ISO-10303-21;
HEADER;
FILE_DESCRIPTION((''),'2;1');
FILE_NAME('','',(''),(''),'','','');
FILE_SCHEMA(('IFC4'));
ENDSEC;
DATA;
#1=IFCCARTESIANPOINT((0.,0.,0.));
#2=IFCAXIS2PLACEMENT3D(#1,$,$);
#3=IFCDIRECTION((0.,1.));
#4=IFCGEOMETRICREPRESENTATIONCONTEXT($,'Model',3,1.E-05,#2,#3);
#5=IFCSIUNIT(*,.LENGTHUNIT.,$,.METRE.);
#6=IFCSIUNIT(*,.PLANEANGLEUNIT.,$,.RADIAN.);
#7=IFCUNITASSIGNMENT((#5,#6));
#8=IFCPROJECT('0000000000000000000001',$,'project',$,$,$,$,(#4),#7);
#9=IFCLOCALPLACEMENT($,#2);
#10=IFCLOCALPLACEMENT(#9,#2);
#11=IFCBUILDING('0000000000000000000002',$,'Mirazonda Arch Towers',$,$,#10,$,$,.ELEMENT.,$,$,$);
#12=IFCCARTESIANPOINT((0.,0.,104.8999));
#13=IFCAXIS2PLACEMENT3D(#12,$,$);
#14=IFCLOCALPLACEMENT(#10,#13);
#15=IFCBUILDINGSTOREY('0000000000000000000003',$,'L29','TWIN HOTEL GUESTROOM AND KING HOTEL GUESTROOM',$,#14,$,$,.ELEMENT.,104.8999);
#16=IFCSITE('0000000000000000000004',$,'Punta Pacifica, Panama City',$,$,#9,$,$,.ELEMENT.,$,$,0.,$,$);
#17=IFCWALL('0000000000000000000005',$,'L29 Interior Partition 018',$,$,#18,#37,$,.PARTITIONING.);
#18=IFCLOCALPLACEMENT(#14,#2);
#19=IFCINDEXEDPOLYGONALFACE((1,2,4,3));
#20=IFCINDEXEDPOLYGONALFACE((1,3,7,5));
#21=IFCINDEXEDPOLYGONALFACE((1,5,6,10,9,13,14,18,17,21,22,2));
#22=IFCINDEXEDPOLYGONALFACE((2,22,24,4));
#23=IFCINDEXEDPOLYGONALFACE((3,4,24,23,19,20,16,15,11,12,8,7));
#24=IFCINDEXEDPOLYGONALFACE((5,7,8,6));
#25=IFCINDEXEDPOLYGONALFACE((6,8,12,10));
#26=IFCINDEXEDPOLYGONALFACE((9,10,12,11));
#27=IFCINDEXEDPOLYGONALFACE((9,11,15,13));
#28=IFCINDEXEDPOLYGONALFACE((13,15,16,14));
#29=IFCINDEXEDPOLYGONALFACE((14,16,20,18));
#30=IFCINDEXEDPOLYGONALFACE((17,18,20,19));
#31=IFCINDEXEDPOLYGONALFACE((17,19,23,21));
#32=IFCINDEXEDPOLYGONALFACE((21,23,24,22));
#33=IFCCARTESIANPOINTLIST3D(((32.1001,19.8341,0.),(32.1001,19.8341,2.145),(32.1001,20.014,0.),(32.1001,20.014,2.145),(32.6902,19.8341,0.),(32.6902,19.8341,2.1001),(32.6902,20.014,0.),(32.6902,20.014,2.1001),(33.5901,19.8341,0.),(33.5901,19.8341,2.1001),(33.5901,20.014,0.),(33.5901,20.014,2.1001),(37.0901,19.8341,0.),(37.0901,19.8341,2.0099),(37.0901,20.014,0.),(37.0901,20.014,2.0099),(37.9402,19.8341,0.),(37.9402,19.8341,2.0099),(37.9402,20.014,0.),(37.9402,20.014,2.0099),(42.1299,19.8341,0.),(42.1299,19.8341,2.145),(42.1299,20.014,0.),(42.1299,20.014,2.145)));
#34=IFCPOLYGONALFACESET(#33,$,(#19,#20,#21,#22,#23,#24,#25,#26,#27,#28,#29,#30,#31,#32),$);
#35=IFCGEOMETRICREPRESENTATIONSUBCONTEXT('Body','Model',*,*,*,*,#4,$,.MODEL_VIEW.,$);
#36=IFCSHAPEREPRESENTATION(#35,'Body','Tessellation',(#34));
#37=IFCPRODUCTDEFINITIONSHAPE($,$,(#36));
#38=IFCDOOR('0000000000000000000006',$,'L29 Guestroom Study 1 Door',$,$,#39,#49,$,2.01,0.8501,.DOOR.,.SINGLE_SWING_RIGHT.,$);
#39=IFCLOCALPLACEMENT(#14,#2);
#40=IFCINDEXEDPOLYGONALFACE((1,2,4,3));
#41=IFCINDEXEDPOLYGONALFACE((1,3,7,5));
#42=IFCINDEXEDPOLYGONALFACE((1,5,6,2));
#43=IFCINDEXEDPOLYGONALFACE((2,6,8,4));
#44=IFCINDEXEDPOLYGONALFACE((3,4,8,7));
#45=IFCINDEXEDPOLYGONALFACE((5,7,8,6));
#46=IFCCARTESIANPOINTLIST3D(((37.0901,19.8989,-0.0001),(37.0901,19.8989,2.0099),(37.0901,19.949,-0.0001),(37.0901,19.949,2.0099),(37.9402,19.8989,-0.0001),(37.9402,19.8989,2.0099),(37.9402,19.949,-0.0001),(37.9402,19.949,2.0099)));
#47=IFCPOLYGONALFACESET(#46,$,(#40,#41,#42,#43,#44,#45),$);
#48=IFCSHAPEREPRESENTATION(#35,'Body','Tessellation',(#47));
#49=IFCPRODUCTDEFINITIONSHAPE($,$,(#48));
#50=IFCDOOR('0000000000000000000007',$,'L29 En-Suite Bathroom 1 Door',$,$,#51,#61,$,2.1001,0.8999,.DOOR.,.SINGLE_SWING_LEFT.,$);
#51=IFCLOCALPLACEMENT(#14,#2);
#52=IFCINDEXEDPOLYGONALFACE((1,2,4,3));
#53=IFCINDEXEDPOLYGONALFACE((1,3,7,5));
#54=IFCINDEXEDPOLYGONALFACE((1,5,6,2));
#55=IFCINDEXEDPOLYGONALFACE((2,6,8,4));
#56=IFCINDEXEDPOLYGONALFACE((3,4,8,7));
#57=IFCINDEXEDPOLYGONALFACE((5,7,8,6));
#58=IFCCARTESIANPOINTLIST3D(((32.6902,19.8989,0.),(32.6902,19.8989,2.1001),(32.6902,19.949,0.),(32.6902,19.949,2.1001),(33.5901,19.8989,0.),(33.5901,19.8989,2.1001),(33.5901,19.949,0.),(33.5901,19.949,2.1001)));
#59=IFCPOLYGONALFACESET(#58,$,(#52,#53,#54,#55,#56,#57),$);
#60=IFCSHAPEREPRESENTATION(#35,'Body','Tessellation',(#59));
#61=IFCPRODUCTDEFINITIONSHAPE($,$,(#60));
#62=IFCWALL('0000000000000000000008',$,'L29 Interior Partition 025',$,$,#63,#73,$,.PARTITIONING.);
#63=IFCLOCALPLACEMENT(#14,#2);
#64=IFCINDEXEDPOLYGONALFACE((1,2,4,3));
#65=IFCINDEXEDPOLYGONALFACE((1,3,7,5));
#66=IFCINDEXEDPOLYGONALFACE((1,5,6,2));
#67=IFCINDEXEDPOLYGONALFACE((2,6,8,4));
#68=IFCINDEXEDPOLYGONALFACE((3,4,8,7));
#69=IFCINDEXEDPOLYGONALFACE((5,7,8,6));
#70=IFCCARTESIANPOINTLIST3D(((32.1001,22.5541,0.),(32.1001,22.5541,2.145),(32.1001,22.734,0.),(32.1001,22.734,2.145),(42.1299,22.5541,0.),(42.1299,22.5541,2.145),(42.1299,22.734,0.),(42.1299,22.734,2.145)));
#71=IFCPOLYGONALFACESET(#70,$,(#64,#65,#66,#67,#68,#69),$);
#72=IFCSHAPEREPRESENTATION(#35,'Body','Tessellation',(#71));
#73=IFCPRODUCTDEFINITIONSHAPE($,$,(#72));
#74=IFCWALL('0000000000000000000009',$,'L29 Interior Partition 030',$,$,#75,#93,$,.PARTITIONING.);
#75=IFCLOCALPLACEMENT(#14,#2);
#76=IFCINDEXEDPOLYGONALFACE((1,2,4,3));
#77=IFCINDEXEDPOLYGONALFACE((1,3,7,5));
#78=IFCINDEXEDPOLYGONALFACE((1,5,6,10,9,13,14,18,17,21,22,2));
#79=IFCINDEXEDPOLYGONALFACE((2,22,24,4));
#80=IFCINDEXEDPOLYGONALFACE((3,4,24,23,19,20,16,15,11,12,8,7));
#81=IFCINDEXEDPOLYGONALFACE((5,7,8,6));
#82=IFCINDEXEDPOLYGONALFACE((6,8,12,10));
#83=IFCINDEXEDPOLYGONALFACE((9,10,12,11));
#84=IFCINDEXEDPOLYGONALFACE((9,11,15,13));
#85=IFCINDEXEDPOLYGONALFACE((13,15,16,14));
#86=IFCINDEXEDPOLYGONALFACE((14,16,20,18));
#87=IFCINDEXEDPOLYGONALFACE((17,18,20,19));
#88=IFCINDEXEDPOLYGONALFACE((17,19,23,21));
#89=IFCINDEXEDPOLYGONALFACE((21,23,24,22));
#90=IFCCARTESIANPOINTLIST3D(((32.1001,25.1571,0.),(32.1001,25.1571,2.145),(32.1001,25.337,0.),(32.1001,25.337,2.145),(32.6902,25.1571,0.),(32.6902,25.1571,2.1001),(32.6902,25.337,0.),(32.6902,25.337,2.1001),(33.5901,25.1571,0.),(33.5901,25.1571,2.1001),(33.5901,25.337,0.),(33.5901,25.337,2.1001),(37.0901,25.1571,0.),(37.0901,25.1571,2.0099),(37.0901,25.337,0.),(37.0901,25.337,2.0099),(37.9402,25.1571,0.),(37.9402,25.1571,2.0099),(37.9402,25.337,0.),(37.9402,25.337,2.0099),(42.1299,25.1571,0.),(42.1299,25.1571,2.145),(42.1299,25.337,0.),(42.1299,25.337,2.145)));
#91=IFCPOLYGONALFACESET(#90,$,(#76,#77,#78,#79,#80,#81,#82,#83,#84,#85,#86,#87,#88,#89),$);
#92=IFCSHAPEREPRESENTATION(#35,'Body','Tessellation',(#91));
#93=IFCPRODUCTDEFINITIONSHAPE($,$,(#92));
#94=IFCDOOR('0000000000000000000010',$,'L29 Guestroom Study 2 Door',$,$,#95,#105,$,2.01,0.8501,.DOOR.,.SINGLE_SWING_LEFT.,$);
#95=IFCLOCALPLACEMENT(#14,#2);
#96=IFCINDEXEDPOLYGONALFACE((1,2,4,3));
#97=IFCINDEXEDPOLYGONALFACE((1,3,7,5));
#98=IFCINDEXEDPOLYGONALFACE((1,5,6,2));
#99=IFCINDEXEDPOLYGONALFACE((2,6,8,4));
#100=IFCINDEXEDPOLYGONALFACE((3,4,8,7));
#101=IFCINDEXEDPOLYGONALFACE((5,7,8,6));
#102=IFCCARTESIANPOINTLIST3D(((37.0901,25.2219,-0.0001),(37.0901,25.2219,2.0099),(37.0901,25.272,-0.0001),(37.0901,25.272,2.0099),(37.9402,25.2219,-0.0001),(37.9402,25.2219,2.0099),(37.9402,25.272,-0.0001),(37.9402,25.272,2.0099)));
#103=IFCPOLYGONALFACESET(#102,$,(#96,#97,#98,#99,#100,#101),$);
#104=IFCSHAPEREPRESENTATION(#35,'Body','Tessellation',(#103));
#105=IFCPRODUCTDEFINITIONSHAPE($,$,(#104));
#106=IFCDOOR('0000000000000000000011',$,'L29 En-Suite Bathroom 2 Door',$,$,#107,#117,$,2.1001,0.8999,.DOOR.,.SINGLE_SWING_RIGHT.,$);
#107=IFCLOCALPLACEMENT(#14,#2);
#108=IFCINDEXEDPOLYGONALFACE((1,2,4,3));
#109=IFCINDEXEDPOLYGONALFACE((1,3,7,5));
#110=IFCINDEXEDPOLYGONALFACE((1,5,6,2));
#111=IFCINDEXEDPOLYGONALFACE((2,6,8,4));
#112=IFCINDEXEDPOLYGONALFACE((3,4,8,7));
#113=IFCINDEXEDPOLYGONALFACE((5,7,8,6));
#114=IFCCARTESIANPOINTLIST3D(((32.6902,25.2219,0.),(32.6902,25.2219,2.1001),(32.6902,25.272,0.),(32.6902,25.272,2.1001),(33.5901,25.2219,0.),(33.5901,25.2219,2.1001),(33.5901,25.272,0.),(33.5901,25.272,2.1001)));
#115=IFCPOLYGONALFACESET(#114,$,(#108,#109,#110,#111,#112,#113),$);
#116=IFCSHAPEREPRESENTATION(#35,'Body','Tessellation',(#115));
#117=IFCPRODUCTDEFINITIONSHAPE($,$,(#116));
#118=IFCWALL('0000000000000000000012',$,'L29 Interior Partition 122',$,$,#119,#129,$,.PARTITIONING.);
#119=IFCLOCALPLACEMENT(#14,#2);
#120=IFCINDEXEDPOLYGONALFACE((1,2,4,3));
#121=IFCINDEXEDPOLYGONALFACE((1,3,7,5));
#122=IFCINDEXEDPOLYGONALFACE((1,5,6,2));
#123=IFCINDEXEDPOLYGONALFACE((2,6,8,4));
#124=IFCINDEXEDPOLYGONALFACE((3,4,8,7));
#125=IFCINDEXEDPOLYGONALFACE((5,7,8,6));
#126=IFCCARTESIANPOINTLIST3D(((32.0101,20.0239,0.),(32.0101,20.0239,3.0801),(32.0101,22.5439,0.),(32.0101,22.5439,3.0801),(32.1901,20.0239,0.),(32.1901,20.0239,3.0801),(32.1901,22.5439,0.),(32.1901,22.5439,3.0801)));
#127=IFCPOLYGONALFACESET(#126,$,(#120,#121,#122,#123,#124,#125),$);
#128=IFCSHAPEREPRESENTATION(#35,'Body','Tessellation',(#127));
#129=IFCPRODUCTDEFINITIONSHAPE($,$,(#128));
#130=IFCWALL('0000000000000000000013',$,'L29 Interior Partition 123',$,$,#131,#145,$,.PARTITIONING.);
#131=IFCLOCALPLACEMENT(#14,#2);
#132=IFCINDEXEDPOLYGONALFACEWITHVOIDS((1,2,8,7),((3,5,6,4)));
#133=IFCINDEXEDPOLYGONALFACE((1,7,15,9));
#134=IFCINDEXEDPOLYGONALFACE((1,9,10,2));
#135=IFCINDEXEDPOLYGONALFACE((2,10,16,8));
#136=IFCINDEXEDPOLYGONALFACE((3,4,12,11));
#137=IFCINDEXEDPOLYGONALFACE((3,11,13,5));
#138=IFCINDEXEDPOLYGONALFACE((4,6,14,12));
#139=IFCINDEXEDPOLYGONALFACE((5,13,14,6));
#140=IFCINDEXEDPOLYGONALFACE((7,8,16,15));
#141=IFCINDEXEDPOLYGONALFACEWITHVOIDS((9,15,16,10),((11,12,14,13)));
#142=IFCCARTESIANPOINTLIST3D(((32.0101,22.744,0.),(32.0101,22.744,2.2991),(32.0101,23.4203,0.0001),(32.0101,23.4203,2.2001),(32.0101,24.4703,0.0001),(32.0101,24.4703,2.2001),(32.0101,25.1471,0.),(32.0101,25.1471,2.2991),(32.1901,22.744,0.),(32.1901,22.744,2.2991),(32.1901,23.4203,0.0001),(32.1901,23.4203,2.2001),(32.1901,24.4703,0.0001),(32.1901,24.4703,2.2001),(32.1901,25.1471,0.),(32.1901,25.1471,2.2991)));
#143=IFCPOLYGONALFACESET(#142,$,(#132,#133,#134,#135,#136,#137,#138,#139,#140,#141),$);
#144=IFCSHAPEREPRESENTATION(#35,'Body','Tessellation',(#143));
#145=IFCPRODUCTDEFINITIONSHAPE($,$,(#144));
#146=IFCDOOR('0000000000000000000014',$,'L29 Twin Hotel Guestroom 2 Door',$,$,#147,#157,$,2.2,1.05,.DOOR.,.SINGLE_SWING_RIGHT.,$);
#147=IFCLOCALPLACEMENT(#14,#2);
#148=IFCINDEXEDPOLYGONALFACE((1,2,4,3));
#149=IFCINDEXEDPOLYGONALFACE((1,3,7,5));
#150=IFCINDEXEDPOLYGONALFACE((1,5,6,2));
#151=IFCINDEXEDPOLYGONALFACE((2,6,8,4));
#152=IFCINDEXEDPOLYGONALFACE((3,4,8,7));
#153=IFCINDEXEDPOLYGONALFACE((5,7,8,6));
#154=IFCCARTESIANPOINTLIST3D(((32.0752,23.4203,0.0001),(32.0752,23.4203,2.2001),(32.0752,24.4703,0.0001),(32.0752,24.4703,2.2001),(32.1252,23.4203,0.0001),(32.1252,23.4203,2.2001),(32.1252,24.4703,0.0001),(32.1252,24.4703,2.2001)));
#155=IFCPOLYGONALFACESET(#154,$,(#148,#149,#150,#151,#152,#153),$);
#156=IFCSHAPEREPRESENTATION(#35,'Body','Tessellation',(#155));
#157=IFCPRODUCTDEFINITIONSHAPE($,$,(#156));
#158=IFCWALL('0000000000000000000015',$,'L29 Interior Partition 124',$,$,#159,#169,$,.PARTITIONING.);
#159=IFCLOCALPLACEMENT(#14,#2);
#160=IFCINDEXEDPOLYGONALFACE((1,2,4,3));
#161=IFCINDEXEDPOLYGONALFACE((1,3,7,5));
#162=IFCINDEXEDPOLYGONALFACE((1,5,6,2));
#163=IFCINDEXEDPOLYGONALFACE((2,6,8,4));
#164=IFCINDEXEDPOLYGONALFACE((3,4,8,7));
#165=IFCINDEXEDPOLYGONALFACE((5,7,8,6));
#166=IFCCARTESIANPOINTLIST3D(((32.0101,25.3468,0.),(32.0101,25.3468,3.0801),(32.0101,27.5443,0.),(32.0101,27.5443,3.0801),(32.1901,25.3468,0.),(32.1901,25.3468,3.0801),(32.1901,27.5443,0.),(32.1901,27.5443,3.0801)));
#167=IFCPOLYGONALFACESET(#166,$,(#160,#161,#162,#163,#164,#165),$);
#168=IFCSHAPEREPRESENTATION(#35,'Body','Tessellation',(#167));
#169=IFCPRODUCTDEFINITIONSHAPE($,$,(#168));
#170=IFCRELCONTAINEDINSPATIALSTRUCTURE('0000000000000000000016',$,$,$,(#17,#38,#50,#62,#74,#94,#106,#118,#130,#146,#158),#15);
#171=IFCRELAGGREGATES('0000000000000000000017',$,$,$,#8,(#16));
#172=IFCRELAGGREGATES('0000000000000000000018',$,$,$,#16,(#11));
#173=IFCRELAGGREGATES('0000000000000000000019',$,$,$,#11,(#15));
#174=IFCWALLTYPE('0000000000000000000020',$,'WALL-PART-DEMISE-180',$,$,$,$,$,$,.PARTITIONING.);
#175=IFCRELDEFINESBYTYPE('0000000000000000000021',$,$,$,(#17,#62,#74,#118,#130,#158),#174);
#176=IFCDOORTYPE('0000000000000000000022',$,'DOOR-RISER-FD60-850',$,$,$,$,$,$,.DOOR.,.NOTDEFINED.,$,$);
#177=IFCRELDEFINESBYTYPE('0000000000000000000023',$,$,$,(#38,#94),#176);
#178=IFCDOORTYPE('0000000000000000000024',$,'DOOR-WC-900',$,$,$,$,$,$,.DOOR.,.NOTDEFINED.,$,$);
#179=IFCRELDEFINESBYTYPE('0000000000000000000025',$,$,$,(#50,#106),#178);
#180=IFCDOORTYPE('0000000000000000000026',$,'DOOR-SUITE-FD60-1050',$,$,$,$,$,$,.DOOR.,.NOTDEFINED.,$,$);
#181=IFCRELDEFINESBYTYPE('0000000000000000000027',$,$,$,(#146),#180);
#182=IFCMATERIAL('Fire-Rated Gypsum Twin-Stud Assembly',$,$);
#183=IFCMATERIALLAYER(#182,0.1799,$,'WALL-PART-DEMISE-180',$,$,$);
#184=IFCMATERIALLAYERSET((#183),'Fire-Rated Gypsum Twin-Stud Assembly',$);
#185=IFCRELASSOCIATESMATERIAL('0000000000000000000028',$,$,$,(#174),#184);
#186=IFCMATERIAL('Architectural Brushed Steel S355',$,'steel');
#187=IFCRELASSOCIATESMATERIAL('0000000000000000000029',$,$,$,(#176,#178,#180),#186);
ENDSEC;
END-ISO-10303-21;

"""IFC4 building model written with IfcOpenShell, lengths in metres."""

from ifc_helpers import new_model, si_unit, direction, frame, frame_2d, origin, place, context, subcontext, project, spatial, rectangle, extrude, material, layer, layer_set, type_object, element, fill, save


model = new_model("IFC4")

# Units and contexts
model_context = context("Model", 3, precision=1e-05, world=origin(), true_north=direction((0.0, 1.0)))
body_context = subcontext(model_context, "Body", "Model", "MODEL_VIEW")
ifc_project = project(units=[si_unit("LENGTHUNIT", "METRE"), si_unit("PLANEANGLEUNIT", "RADIAN")], contexts=[model_context])

# Site, building, storey
site_placement = place(None, origin())
site = spatial("IfcSite", under=ifc_project, at=site_placement, Name="Punta Pacifica, Panama City", CompositionType="ELEMENT", RefElevation=0.0)
building_placement = place(site_placement, origin())
building = spatial("IfcBuilding", under=site, at=building_placement, Name="Mirazonda Arch Towers", CompositionType="ELEMENT")
storey_placement = place(building_placement, frame((0.0, 0.0, 104.8999)))
storey = spatial("IfcBuildingStorey", under=building, at=storey_placement, Name="L29", Description="TWIN HOTEL GUESTROOM AND KING HOTEL GUESTROOM", CompositionType="ELEMENT", Elevation=104.8999)

# Wall, openings, doors
ifc_material_1 = material(Name="Fire-Rated Gypsum Twin-Stud Assembly")
ifc_layer_1 = layer(ifc_material_1, 0.1799, Name="WALL-PART-DEMISE-180")
ifc_layer_set_1 = layer_set([ifc_layer_1], Name="Fire-Rated Gypsum Twin-Stud Assembly")
wall_type_1 = type_object("IfcWallType", Name="WALL-PART-DEMISE-180", PredefinedType="PARTITIONING", material=ifc_layer_set_1)
wall_1_placement = place(storey_placement, frame((32.1001, 19.9241, 0.0), z_axis=(0.0, 0.0, 1.0), x_axis=(1.0, 0.0, 0.0)))
wall_1 = element("IfcWall", 1, at=wall_1_placement, inside=storey, type_object=wall_type_1, Name="L29 Interior Partition 018", PredefinedType="PARTITIONING", context=body_context, shape_type="SweptSolid", body=[
    extrude(rectangle(XDim=10.0298, YDim=0.1799, at=frame_2d((5.0149, 0.0))), origin(), (0.0, 0.0, 1.0), 2.145),
])
opening_1_placement = place(wall_1_placement, frame((4.99, 0.0, 0.0)))
opening_1 = element("IfcOpeningElement", 2, at=opening_1_placement, cuts=wall_1, PredefinedType="OPENING", context=body_context, shape_type="SweptSolid", body=[
    extrude(rectangle(XDim=0.8501, YDim=2.01, at=frame_2d((0.425, 1.0049))), frame((0.0, 0.0999, 0.0), z_axis=(0.0, -1.0, 0.0), x_axis=(1.0, 0.0, 0.0)), (0.0, 0.0, 1.0), 0.2),
])
opening_2_placement = place(wall_1_placement, frame((0.5901, 0.0, 0.0)))
opening_2 = element("IfcOpeningElement", 3, at=opening_2_placement, cuts=wall_1, PredefinedType="OPENING", context=body_context, shape_type="SweptSolid", body=[
    extrude(rectangle(XDim=0.8999, YDim=2.1001, at=frame_2d((0.45, 1.05))), frame((0.0, 0.0999, 0.0), z_axis=(0.0, -1.0, 0.0), x_axis=(1.0, 0.0, 0.0)), (0.0, 0.0, 1.0), 0.2),
])
ifc_material_2 = material(Name="Architectural Brushed Steel S355", Category="steel")
door_type_1 = type_object("IfcDoorType", Name="DOOR-RISER-FD60-850", OperationType="NOTDEFINED", PredefinedType="DOOR", material=ifc_material_2)
door_1_placement = place(opening_1_placement, origin())
door_1 = element("IfcDoor", 4, at=door_1_placement, inside=storey, type_object=door_type_1, Name="L29 Guestroom Study 1 Door", OperationType="SINGLE_SWING_RIGHT", OverallHeight=2.01, OverallWidth=0.8501, PredefinedType="DOOR", context=body_context, shape_type="SweptSolid", body=[
    extrude(rectangle(XDim=0.8501, YDim=2.01, at=frame_2d((0.425, 1.0049))), frame((0.0, 0.0249, 0.0), z_axis=(0.0, -1.0, 0.0), x_axis=(1.0, 0.0, 0.0)), (0.0, 0.0, 1.0), 0.05),
])
fill(opening_1, door_1)
door_type_2 = type_object("IfcDoorType", Name="DOOR-WC-900", OperationType="NOTDEFINED", PredefinedType="DOOR", material=ifc_material_2)
door_2_placement = place(opening_2_placement, origin())
door_2 = element("IfcDoor", 5, at=door_2_placement, inside=storey, type_object=door_type_2, Name="L29 En-Suite Bathroom 1 Door", OperationType="SINGLE_SWING_LEFT", OverallHeight=2.1001, OverallWidth=0.8999, PredefinedType="DOOR", context=body_context, shape_type="SweptSolid", body=[
    extrude(rectangle(XDim=0.8999, YDim=2.1001, at=frame_2d((0.45, 1.05))), frame((0.0, 0.0249, 0.0), z_axis=(0.0, -1.0, 0.0), x_axis=(1.0, 0.0, 0.0)), (0.0, 0.0, 1.0), 0.05),
])
fill(opening_2, door_2)

# Wall
wall_2_placement = place(storey_placement, frame((32.1001, 22.644, 0.0), z_axis=(0.0, 0.0, 1.0), x_axis=(1.0, 0.0, 0.0)))
element("IfcWall", 6, at=wall_2_placement, inside=storey, type_object=wall_type_1, Name="L29 Interior Partition 025", PredefinedType="PARTITIONING", context=body_context, shape_type="SweptSolid", body=[
    extrude(rectangle(XDim=10.0298, YDim=0.1799, at=frame_2d((5.0149, 0.0))), origin(), (0.0, 0.0, 1.0), 2.145),
])

# Wall, openings, doors
wall_3_placement = place(storey_placement, frame((32.1001, 25.2471, 0.0), z_axis=(0.0, 0.0, 1.0), x_axis=(1.0, 0.0, 0.0)))
wall_3 = element("IfcWall", 7, at=wall_3_placement, inside=storey, type_object=wall_type_1, Name="L29 Interior Partition 030", PredefinedType="PARTITIONING", context=body_context, shape_type="SweptSolid", body=[
    extrude(rectangle(XDim=10.0298, YDim=0.1799, at=frame_2d((5.0149, 0.0))), origin(), (0.0, 0.0, 1.0), 2.145),
])
opening_3_placement = place(wall_3_placement, frame((4.99, 0.0, 0.0)))
opening_3 = element("IfcOpeningElement", 8, at=opening_3_placement, cuts=wall_3, PredefinedType="OPENING", context=body_context, shape_type="SweptSolid", body=[
    extrude(rectangle(XDim=0.8501, YDim=2.01, at=frame_2d((0.425, 1.0049))), frame((0.0, 0.0999, 0.0), z_axis=(0.0, -1.0, 0.0), x_axis=(1.0, 0.0, 0.0)), (0.0, 0.0, 1.0), 0.2),
])
opening_4_placement = place(wall_3_placement, frame((0.5901, 0.0, 0.0)))
opening_4 = element("IfcOpeningElement", 9, at=opening_4_placement, cuts=wall_3, PredefinedType="OPENING", context=body_context, shape_type="SweptSolid", body=[
    extrude(rectangle(XDim=0.8999, YDim=2.1001, at=frame_2d((0.45, 1.05))), frame((0.0, 0.0999, 0.0), z_axis=(0.0, -1.0, 0.0), x_axis=(1.0, 0.0, 0.0)), (0.0, 0.0, 1.0), 0.2),
])
door_3_placement = place(opening_3_placement, origin())
door_3 = element("IfcDoor", 10, at=door_3_placement, inside=storey, type_object=door_type_1, Name="L29 Guestroom Study 2 Door", OperationType="SINGLE_SWING_LEFT", OverallHeight=2.01, OverallWidth=0.8501, PredefinedType="DOOR", context=body_context, shape_type="SweptSolid", body=[
    extrude(rectangle(XDim=0.8501, YDim=2.01, at=frame_2d((0.425, 1.0049))), frame((0.0, 0.0249, 0.0), z_axis=(0.0, -1.0, 0.0), x_axis=(1.0, 0.0, 0.0)), (0.0, 0.0, 1.0), 0.05),
])
fill(opening_3, door_3)
door_4_placement = place(opening_4_placement, origin())
door_4 = element("IfcDoor", 11, at=door_4_placement, inside=storey, type_object=door_type_2, Name="L29 En-Suite Bathroom 2 Door", OperationType="SINGLE_SWING_RIGHT", OverallHeight=2.1001, OverallWidth=0.8999, PredefinedType="DOOR", context=body_context, shape_type="SweptSolid", body=[
    extrude(rectangle(XDim=0.8999, YDim=2.1001, at=frame_2d((0.45, 1.05))), frame((0.0, 0.0249, 0.0), z_axis=(0.0, -1.0, 0.0), x_axis=(1.0, 0.0, 0.0)), (0.0, 0.0, 1.0), 0.05),
])
fill(opening_4, door_4)

# Wall
wall_4_placement = place(storey_placement, frame((32.1001, 20.0239, 0.0), z_axis=(0.0, 0.0, 1.0), x_axis=(0.0, 1.0, 0.0)))
element("IfcWall", 12, at=wall_4_placement, inside=storey, type_object=wall_type_1, Name="L29 Interior Partition 122", PredefinedType="PARTITIONING", context=body_context, shape_type="SweptSolid", body=[
    extrude(rectangle(XDim=2.52, YDim=0.1799, at=frame_2d((1.26, 0.0))), origin(), (0.0, 0.0, 1.0), 3.0801),
])

# Wall, opening, door
wall_5_placement = place(storey_placement, frame((32.1001, 22.7439, 0.0), z_axis=(0.0, 0.0, 1.0), x_axis=(0.0, 1.0, 0.0)))
wall_5 = element("IfcWall", 13, at=wall_5_placement, inside=storey, type_object=wall_type_1, Name="L29 Interior Partition 123", PredefinedType="PARTITIONING", context=body_context, shape_type="SweptSolid", body=[
    extrude(rectangle(XDim=2.4031, YDim=0.1799, at=frame_2d((1.2017, 0.0))), origin(), (0.0, 0.0, 1.0), 2.2991),
])
opening_5_placement = place(wall_5_placement, frame((0.6765, 0.0, 0.0)))
opening_5 = element("IfcOpeningElement", 14, at=opening_5_placement, cuts=wall_5, PredefinedType="OPENING", context=body_context, shape_type="SweptSolid", body=[
    extrude(rectangle(XDim=1.05, YDim=2.2, at=frame_2d((0.5249, 1.1001))), frame((0.0, 0.0999, 0.0), z_axis=(0.0, -1.0, 0.0), x_axis=(1.0, 0.0, 0.0)), (0.0, 0.0, 1.0), 0.2),
])
door_type_3 = type_object("IfcDoorType", Name="DOOR-SUITE-FD60-1050", OperationType="NOTDEFINED", PredefinedType="DOOR", material=ifc_material_2)
door_5_placement = place(opening_5_placement, origin())
door_5 = element("IfcDoor", 15, at=door_5_placement, inside=storey, type_object=door_type_3, Name="L29 Twin Hotel Guestroom 2 Door", OperationType="SINGLE_SWING_RIGHT", OverallHeight=2.2, OverallWidth=1.05, PredefinedType="DOOR", context=body_context, shape_type="SweptSolid", body=[
    extrude(rectangle(XDim=1.05, YDim=2.2, at=frame_2d((0.5249, 1.1001))), frame((0.0, 0.0249, 0.0), z_axis=(0.0, -1.0, 0.0), x_axis=(1.0, 0.0, 0.0)), (0.0, 0.0, 1.0), 0.05),
])
fill(opening_5, door_5)

# Wall
wall_6_placement = place(storey_placement, frame((32.1001, 25.3469, 0.0), z_axis=(0.0, 0.0, 1.0), x_axis=(0.0, 1.0, 0.0)))
element("IfcWall", 16, at=wall_6_placement, inside=storey, type_object=wall_type_1, Name="L29 Interior Partition 124", PredefinedType="PARTITIONING", context=body_context, shape_type="SweptSolid", body=[
    extrude(rectangle(XDim=2.1975, YDim=0.1799, at=frame_2d((1.0986, 0.0))), origin(), (0.0, 0.0, 1.0), 3.0801),
])

save(model, "model.ifc")
